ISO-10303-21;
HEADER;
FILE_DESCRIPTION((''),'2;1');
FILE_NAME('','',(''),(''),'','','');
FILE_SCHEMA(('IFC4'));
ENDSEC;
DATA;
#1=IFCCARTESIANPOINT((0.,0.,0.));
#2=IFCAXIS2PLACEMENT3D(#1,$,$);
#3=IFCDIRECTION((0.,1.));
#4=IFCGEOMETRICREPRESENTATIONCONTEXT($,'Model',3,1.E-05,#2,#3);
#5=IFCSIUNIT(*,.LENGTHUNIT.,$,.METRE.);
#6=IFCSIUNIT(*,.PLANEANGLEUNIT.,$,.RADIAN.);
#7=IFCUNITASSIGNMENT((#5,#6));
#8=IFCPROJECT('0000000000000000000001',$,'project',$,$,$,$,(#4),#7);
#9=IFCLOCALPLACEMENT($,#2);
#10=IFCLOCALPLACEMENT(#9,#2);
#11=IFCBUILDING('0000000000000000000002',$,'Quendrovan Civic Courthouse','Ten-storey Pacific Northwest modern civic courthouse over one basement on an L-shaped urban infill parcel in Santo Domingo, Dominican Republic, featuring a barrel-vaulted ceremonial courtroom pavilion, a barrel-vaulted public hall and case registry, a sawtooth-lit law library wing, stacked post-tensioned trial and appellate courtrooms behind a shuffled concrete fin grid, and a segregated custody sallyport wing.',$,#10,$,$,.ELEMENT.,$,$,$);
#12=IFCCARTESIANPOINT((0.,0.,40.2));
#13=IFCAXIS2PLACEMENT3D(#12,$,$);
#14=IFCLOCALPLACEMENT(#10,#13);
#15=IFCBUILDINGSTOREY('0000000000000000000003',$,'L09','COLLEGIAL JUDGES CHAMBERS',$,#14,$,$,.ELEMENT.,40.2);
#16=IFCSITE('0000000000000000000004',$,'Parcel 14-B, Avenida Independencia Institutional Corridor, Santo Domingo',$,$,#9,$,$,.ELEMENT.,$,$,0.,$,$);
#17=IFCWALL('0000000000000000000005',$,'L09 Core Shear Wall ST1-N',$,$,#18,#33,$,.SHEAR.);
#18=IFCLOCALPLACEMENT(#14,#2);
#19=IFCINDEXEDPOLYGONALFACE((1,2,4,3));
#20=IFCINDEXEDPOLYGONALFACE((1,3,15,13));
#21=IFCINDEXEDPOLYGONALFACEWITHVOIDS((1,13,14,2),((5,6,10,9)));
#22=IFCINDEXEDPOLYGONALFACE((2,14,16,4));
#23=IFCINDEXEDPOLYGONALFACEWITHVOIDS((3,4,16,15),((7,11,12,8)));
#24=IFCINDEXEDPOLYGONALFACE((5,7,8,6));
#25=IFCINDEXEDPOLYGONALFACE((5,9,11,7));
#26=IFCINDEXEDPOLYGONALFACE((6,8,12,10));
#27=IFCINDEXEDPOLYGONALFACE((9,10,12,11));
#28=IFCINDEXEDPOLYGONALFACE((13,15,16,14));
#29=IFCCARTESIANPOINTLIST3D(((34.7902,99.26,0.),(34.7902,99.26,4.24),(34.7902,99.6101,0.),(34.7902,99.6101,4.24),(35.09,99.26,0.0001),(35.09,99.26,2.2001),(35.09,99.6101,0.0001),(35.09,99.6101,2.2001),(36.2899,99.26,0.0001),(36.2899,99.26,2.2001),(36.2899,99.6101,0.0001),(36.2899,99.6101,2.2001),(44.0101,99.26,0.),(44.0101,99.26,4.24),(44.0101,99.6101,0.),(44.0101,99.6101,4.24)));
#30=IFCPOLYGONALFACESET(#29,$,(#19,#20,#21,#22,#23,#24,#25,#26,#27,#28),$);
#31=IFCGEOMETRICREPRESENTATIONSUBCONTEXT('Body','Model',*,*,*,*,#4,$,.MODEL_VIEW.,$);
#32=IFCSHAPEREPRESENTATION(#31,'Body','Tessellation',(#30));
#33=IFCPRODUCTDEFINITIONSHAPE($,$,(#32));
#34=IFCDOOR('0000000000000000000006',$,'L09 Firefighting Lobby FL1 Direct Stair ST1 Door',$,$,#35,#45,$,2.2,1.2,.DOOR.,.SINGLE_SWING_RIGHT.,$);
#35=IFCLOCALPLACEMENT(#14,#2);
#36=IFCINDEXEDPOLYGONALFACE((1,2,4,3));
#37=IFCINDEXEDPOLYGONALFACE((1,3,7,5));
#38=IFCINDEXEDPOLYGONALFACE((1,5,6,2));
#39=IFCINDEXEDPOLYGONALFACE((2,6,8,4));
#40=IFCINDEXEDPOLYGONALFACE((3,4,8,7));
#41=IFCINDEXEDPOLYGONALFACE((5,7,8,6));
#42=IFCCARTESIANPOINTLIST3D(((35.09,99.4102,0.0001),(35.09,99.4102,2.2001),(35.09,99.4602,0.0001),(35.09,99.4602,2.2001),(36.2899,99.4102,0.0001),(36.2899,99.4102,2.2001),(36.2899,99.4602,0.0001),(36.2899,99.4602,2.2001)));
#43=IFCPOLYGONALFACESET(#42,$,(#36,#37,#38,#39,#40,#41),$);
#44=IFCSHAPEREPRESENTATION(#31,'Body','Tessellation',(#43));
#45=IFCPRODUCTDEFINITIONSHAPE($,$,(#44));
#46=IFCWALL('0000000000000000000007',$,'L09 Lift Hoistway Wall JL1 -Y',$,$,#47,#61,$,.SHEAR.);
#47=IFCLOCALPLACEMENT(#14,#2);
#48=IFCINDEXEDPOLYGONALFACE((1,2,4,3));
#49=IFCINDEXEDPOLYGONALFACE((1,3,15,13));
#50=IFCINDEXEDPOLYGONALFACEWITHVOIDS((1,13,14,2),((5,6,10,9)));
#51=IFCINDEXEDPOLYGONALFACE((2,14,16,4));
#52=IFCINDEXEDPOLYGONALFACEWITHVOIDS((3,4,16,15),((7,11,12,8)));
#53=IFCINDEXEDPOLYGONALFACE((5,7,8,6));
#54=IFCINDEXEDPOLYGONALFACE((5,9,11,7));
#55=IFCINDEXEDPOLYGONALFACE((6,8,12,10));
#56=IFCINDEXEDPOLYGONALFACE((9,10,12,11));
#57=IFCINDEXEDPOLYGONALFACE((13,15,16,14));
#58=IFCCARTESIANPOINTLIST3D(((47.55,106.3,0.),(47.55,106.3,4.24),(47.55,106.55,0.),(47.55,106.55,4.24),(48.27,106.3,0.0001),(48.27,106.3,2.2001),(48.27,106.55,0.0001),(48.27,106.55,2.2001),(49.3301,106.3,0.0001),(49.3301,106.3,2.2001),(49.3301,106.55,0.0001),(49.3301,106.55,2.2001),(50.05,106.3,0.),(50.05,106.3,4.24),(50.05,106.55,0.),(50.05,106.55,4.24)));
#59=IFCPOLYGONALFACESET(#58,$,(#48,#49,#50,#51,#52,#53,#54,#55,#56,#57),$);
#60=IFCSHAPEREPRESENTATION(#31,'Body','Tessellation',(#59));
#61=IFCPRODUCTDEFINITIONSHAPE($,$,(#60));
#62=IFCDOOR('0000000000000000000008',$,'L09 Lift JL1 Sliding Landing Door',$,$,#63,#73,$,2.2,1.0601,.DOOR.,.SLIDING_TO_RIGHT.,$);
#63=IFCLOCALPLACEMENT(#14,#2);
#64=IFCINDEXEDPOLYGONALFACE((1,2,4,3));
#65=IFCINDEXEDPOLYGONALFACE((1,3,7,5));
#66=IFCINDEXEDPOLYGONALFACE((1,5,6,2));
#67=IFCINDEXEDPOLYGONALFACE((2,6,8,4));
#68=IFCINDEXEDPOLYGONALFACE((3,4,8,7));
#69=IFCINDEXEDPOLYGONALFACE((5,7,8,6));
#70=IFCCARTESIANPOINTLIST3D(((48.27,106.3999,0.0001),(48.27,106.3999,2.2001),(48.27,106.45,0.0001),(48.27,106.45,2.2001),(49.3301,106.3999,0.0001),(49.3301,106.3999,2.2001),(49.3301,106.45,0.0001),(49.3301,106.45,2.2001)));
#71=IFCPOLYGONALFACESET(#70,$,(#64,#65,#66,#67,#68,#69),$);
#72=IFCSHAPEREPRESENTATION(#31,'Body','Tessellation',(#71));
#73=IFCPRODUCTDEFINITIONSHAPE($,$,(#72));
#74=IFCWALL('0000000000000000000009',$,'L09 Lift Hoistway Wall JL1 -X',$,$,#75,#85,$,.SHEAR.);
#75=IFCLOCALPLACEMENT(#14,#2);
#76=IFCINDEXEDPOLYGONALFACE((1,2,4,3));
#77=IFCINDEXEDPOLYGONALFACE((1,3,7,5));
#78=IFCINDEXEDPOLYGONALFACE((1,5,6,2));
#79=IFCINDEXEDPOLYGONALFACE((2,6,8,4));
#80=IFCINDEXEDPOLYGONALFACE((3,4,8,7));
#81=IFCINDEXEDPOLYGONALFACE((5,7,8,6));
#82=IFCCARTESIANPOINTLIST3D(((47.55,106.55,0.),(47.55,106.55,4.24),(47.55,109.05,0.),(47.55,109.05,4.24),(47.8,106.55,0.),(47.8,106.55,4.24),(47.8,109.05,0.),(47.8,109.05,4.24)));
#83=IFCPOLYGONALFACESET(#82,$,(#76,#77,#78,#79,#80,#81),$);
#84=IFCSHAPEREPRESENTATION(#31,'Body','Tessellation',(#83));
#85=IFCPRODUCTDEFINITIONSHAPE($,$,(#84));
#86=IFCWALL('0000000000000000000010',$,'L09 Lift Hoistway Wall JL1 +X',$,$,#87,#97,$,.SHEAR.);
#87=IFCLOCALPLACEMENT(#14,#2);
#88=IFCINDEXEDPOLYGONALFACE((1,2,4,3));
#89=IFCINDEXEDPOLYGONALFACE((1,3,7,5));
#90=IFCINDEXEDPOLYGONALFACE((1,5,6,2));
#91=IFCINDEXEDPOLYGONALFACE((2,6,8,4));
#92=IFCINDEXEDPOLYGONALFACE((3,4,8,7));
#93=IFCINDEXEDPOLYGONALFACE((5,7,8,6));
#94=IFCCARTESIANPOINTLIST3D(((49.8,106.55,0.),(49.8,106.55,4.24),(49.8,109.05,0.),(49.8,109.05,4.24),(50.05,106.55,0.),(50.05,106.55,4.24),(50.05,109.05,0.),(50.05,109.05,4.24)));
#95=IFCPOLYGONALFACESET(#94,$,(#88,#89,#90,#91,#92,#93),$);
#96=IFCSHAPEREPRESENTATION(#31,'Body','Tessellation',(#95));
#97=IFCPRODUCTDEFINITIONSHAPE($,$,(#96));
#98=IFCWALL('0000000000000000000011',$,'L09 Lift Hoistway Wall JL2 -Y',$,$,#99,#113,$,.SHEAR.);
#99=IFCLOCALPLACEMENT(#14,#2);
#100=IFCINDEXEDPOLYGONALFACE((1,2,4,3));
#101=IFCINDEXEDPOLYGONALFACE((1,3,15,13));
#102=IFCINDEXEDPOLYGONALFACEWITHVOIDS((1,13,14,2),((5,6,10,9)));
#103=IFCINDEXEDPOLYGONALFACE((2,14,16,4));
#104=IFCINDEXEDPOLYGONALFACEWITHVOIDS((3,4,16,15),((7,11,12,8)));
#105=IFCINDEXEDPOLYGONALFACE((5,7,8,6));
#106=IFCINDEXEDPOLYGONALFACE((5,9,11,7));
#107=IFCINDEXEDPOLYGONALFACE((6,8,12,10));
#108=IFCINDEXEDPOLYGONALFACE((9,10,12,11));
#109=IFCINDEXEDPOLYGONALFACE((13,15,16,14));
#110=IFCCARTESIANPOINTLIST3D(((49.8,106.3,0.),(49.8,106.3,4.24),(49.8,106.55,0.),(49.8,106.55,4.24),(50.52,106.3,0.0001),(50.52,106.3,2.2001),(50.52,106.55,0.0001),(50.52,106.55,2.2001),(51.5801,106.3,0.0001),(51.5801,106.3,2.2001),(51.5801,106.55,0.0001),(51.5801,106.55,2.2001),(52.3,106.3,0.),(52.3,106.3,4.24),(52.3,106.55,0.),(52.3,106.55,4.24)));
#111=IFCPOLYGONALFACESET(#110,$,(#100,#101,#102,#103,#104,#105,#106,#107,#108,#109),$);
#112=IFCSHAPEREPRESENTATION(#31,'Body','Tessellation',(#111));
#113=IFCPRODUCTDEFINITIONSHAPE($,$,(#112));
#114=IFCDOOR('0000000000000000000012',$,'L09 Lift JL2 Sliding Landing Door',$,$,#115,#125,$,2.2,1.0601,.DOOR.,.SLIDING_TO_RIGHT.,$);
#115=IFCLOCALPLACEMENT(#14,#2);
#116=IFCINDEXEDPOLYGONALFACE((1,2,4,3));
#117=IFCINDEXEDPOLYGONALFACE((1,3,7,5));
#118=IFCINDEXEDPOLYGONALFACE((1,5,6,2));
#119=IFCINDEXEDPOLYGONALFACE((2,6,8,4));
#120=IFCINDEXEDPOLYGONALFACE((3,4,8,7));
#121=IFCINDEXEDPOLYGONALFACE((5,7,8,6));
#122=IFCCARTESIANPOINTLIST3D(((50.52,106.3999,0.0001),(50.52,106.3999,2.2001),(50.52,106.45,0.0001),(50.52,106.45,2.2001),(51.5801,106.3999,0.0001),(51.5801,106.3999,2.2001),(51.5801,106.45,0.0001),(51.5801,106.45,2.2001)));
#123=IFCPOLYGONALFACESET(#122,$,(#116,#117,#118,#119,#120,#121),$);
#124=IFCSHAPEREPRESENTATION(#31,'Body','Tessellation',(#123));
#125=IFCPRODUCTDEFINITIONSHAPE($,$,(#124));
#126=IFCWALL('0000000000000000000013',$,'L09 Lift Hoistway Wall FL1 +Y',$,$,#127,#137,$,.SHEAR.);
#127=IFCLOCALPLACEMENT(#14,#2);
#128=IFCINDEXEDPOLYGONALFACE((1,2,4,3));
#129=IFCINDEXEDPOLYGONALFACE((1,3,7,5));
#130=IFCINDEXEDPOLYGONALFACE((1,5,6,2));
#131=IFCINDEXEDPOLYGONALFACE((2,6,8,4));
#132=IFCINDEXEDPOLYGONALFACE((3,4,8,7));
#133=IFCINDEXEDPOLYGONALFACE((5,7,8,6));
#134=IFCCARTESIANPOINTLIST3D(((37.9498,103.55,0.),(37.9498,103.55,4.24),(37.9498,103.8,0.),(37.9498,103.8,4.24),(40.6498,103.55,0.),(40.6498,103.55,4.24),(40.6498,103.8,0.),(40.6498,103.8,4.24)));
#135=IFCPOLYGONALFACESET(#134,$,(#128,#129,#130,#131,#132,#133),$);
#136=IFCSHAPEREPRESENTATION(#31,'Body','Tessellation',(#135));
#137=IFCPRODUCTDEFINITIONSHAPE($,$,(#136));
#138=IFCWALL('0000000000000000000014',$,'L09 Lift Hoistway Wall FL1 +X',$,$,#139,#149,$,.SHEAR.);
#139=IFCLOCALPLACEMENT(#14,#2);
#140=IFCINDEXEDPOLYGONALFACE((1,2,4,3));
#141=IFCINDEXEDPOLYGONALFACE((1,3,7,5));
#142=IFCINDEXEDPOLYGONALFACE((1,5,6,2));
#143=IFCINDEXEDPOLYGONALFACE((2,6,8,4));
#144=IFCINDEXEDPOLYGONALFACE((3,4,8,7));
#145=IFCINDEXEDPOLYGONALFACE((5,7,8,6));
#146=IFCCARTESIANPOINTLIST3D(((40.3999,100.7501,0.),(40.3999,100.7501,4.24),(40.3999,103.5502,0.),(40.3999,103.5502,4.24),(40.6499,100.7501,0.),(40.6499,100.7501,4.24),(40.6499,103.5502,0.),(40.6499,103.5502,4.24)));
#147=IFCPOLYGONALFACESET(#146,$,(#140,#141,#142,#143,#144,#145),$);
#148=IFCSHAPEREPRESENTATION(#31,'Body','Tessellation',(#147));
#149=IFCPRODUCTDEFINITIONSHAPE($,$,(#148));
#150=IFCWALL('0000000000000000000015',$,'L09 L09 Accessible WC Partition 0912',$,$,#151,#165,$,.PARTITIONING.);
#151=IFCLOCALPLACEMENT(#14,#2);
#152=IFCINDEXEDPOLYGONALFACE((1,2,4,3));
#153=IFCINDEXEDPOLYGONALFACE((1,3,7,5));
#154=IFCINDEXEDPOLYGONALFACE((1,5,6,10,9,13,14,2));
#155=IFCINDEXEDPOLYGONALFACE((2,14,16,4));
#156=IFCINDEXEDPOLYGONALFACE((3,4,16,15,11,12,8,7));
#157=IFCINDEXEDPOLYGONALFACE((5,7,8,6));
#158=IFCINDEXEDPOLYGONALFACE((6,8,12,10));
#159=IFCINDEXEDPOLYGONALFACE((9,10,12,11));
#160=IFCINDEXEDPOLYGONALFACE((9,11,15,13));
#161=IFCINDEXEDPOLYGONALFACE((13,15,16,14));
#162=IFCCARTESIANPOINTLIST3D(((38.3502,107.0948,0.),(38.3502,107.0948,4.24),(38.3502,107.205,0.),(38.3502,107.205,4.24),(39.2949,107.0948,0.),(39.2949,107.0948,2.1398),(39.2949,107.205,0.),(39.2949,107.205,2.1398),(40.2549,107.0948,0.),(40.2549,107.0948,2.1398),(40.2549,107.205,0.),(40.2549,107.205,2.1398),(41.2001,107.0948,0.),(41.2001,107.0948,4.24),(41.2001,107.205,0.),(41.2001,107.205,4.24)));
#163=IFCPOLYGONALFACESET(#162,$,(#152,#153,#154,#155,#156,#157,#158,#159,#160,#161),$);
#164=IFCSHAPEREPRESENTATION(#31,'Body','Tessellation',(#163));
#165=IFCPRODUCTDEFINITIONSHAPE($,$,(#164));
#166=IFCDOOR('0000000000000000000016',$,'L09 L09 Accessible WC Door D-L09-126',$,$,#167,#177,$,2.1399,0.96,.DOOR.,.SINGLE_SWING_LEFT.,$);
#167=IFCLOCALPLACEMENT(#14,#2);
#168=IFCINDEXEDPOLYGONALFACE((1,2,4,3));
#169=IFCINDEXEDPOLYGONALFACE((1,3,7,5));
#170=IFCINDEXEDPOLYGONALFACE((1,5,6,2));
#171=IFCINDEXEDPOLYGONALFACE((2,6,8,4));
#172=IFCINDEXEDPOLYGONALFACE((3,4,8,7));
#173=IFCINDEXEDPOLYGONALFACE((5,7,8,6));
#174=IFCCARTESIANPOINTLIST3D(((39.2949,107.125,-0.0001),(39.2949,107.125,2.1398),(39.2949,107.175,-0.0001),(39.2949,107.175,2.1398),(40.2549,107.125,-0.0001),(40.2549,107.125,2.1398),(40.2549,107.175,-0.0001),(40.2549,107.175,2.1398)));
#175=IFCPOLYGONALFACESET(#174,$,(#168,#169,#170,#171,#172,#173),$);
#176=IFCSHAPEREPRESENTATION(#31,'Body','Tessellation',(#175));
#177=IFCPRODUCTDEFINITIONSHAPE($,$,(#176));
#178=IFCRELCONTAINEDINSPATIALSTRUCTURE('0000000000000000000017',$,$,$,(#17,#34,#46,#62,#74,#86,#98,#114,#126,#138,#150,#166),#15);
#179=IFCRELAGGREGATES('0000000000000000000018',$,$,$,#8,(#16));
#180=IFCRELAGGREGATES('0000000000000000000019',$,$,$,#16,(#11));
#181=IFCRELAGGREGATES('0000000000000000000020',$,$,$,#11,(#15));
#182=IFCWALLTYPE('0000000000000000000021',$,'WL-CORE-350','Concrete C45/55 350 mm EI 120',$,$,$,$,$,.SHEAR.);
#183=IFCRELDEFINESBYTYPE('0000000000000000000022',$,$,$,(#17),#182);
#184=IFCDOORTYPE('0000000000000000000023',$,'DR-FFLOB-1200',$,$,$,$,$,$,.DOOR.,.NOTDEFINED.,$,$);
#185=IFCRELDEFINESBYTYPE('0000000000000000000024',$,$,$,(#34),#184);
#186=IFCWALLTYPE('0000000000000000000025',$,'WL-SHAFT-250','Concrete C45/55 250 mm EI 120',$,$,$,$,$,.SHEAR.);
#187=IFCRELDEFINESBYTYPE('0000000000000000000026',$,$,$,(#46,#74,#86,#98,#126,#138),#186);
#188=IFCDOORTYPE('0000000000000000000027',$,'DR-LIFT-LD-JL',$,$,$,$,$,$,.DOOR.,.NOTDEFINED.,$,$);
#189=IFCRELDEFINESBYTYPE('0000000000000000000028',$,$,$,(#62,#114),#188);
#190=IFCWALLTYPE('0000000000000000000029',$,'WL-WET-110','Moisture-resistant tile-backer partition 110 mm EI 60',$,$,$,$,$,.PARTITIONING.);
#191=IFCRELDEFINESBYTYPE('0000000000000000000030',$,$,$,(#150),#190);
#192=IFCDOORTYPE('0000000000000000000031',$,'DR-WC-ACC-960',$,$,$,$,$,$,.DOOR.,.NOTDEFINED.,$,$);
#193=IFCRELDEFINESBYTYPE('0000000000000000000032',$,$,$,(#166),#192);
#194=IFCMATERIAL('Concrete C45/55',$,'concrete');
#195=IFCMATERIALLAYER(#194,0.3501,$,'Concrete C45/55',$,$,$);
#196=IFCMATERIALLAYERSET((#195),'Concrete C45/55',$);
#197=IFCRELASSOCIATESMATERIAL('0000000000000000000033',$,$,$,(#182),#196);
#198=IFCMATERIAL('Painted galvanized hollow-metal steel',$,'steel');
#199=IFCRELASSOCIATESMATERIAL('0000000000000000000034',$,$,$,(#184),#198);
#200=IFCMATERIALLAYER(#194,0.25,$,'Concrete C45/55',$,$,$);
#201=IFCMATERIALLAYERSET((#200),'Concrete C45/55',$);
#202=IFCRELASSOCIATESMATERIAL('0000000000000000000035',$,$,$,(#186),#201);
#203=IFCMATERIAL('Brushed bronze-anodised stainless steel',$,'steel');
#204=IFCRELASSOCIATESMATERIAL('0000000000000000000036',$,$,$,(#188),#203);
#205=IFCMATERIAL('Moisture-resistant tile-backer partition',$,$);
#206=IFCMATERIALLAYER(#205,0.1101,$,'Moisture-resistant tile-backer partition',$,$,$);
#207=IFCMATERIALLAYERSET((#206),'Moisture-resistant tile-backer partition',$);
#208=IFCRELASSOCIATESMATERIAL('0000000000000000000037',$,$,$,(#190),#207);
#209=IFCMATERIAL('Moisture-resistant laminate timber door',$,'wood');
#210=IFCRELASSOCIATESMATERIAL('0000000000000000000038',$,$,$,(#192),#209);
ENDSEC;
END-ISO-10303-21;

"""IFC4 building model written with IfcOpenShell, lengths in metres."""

from ifc_helpers import new_model, si_unit, direction, frame, frame_2d, origin, place, context, subcontext, project, spatial, rectangle, extrude, material, layer, layer_set, type_object, element, fill, save


model = new_model("IFC4")

# Units and contexts
model_context = context("Model", 3, precision=1e-05, world=origin(), true_north=direction((0.0, 1.0)))
body_context = subcontext(model_context, "Body", "Model", "MODEL_VIEW")
ifc_project = project(units=[si_unit("LENGTHUNIT", "METRE"), si_unit("PLANEANGLEUNIT", "RADIAN")], contexts=[model_context])

# Site, building, storey
site_placement = place(None, origin())
site = spatial("IfcSite", under=ifc_project, at=site_placement, Name="Parcel 14-B, Avenida Independencia Institutional Corridor, Santo Domingo", CompositionType="ELEMENT", RefElevation=0.0)
building_placement = place(site_placement, origin())
building = spatial("IfcBuilding", under=site, at=building_placement, Name="Quendrovan Civic Courthouse", Description="Ten-storey Pacific Northwest modern civic courthouse over one basement on an L-shaped urban infill parcel in Santo Domingo, Dominican Republic, featuring a barrel-vaulted ceremonial courtroom pavilion, a barrel-vaulted public hall and case registry, a sawtooth-lit law library wing, stacked post-tensioned trial and appellate courtrooms behind a shuffled concrete fin grid, and a segregated custody sallyport wing.", CompositionType="ELEMENT")
storey_placement = place(building_placement, frame((0.0, 0.0, 40.2)))
storey = spatial("IfcBuildingStorey", under=building, at=storey_placement, Name="L09", Description="COLLEGIAL JUDGES CHAMBERS", CompositionType="ELEMENT", Elevation=40.2)

# Walls, openings, doors
ifc_material_1 = material(Name="Concrete C45/55", Category="concrete")
ifc_layer_1 = layer(ifc_material_1, 0.3501, Name="Concrete C45/55")
ifc_layer_set_1 = layer_set([ifc_layer_1], Name="Concrete C45/55")
wall_type_1 = type_object("IfcWallType", Name="WL-CORE-350", Description="Concrete C45/55 350 mm EI 120", PredefinedType="SHEAR", material=ifc_layer_set_1)
wall_1_placement = place(storey_placement, frame((44.01, 99.4351, 0.0), z_axis=(0.0, 0.0, 1.0), x_axis=(-1.0, 0.0, 0.0)))
wall_1 = element("IfcWall", 1, at=wall_1_placement, inside=storey, type_object=wall_type_1, Name="L09 Core Shear Wall ST1-N", PredefinedType="SHEAR", context=body_context, shape_type="SweptSolid", body=[
    extrude(rectangle(XDim=9.22, YDim=0.3501, at=frame_2d((4.6099, 0.0))), origin(), (0.0, 0.0, 1.0), 4.24),
])
opening_1_placement = place(wall_1_placement, frame((7.72, 0.0, 0.0)))
opening_1 = element("IfcOpeningElement", 2, at=opening_1_placement, cuts=wall_1, PredefinedType="OPENING", context=body_context, shape_type="SweptSolid", body=[
    extrude(rectangle(XDim=1.2, YDim=2.2, at=frame_2d((0.6001, 1.1001))), frame((0.0, 0.1851, 0.0), z_axis=(0.0, -1.0, 0.0), x_axis=(1.0, 0.0, 0.0)), (0.0, 0.0, 1.0), 0.3701),
])
ifc_material_2 = material(Name="Painted galvanized hollow-metal steel", Category="steel")
door_type_1 = type_object("IfcDoorType", Name="DR-FFLOB-1200", OperationType="NOTDEFINED", PredefinedType="DOOR", material=ifc_material_2)
door_1_placement = place(opening_1_placement, origin())
door_1 = element("IfcDoor", 3, at=door_1_placement, inside=storey, type_object=door_type_1, Name="L09 Firefighting Lobby FL1 Direct Stair ST1 Door", OperationType="SINGLE_SWING_RIGHT", OverallHeight=2.2, OverallWidth=1.2, PredefinedType="DOOR", context=body_context, shape_type="SweptSolid", body=[
    extrude(rectangle(XDim=1.2, YDim=2.2, at=frame_2d((0.6001, 1.1001))), frame((0.0, 0.0249, 0.0), z_axis=(0.0, -1.0, 0.0), x_axis=(1.0, 0.0, 0.0)), (0.0, 0.0, 1.0), 0.05),
])
fill(opening_1, door_1)
ifc_layer_2 = layer(ifc_material_1, 0.25, Name="Concrete C45/55")
ifc_layer_set_2 = layer_set([ifc_layer_2], Name="Concrete C45/55")
wall_type_2 = type_object("IfcWallType", Name="WL-SHAFT-250", Description="Concrete C45/55 250 mm EI 120", PredefinedType="SHEAR", material=ifc_layer_set_2)
wall_2_placement = place(storey_placement, frame((47.55, 106.425, 0.0), z_axis=(0.0, 0.0, 1.0), x_axis=(1.0, 0.0, 0.0)))
wall_2 = element("IfcWall", 4, at=wall_2_placement, inside=storey, type_object=wall_type_2, Name="L09 Lift Hoistway Wall JL1 -Y", PredefinedType="SHEAR", context=body_context, shape_type="SweptSolid", body=[
    extrude(rectangle(XDim=2.5, YDim=0.25, at=frame_2d((1.25, 0.0))), origin(), (0.0, 0.0, 1.0), 4.24),
])
opening_2_placement = place(wall_2_placement, frame((0.72, 0.0, 0.0)))
opening_2 = element("IfcOpeningElement", 5, at=opening_2_placement, cuts=wall_2, PredefinedType="OPENING", context=body_context, shape_type="SweptSolid", body=[
    extrude(rectangle(XDim=1.0601, YDim=2.2, at=frame_2d((0.53, 1.1001))), frame((0.0, 0.135, 0.0), z_axis=(0.0, -1.0, 0.0), x_axis=(1.0, 0.0, 0.0)), (0.0, 0.0, 1.0), 0.27),
])
ifc_material_3 = material(Name="Brushed bronze-anodised stainless steel", Category="steel")
door_type_2 = type_object("IfcDoorType", Name="DR-LIFT-LD-JL", OperationType="NOTDEFINED", PredefinedType="DOOR", material=ifc_material_3)
door_2_placement = place(opening_2_placement, origin())
door_2 = element("IfcDoor", 6, at=door_2_placement, inside=storey, type_object=door_type_2, Name="L09 Lift JL1 Sliding Landing Door", OperationType="SLIDING_TO_RIGHT", OverallHeight=2.2, OverallWidth=1.0601, PredefinedType="DOOR", context=body_context, shape_type="SweptSolid", body=[
    extrude(rectangle(XDim=1.0601, YDim=2.2, at=frame_2d((0.53, 1.1001))), frame((0.0, 0.0249, 0.0), z_axis=(0.0, -1.0, 0.0), x_axis=(1.0, 0.0, 0.0)), (0.0, 0.0, 1.0), 0.05),
])
fill(opening_2, door_2)

# Walls
for number, where, z_axis, x_axis, name in (
    (7, (47.675, 106.55, 0.0), (0.0, 0.0, 1.0), (0.0, 1.0, 0.0), "L09 Lift Hoistway Wall JL1 -X"),
    (8, (49.925, 109.05, 0.0), (0.0, 0.0, 1.0), (0.0, -1.0, 0.0), "L09 Lift Hoistway Wall JL1 +X"),
):
    element("IfcWall", number, at=place(storey_placement, frame(where, z_axis=z_axis, x_axis=x_axis)), inside=storey, type_object=wall_type_2, Name=name, PredefinedType="SHEAR", context=body_context, shape_type="SweptSolid", body=[
        extrude(rectangle(XDim=2.5, YDim=0.25, at=frame_2d((1.25, 0.0))), origin(), (0.0, 0.0, 1.0), 4.24),
    ])

# Wall, opening, door
wall_3_placement = place(storey_placement, frame((49.8, 106.425, 0.0), z_axis=(0.0, 0.0, 1.0), x_axis=(1.0, 0.0, 0.0)))
wall_3 = element("IfcWall", 9, at=wall_3_placement, inside=storey, type_object=wall_type_2, Name="L09 Lift Hoistway Wall JL2 -Y", PredefinedType="SHEAR", context=body_context, shape_type="SweptSolid", body=[
    extrude(rectangle(XDim=2.5, YDim=0.25, at=frame_2d((1.25, 0.0))), origin(), (0.0, 0.0, 1.0), 4.24),
])
opening_3_placement = place(wall_3_placement, frame((0.72, 0.0, 0.0)))
opening_3 = element("IfcOpeningElement", 10, at=opening_3_placement, cuts=wall_3, PredefinedType="OPENING", context=body_context, shape_type="SweptSolid", body=[
    extrude(rectangle(XDim=1.0601, YDim=2.2, at=frame_2d((0.53, 1.1001))), frame((0.0, 0.135, 0.0), z_axis=(0.0, -1.0, 0.0), x_axis=(1.0, 0.0, 0.0)), (0.0, 0.0, 1.0), 0.27),
])
door_3_placement = place(opening_3_placement, origin())
door_3 = element("IfcDoor", 11, at=door_3_placement, inside=storey, type_object=door_type_2, Name="L09 Lift JL2 Sliding Landing Door", OperationType="SLIDING_TO_RIGHT", OverallHeight=2.2, OverallWidth=1.0601, PredefinedType="DOOR", context=body_context, shape_type="SweptSolid", body=[
    extrude(rectangle(XDim=1.0601, YDim=2.2, at=frame_2d((0.53, 1.1001))), frame((0.0, 0.0249, 0.0), z_axis=(0.0, -1.0, 0.0), x_axis=(1.0, 0.0, 0.0)), (0.0, 0.0, 1.0), 0.05),
])
fill(opening_3, door_3)

# Walls
wall_4_placement = place(storey_placement, frame((40.6499, 103.675, 0.0), z_axis=(0.0, 0.0, 1.0), x_axis=(-1.0, 0.0, 0.0)))
element("IfcWall", 12, at=wall_4_placement, inside=storey, type_object=wall_type_2, Name="L09 Lift Hoistway Wall FL1 +Y", PredefinedType="SHEAR", context=body_context, shape_type="SweptSolid", body=[
    extrude(rectangle(XDim=2.7, YDim=0.25, at=frame_2d((1.3501, 0.0))), origin(), (0.0, 0.0, 1.0), 4.24),
])
wall_5_placement = place(storey_placement, frame((40.5249, 103.55, 0.0), z_axis=(0.0, 0.0, 1.0), x_axis=(0.0, -1.0, 0.0)))
element("IfcWall", 13, at=wall_5_placement, inside=storey, type_object=wall_type_2, Name="L09 Lift Hoistway Wall FL1 +X", PredefinedType="SHEAR", context=body_context, shape_type="SweptSolid", body=[
    extrude(rectangle(XDim=2.8, YDim=0.25, at=frame_2d((1.3999, 0.0))), origin(), (0.0, 0.0, 1.0), 4.24),
])

# Wall, opening, door
ifc_material_4 = material(Name="Moisture-resistant tile-backer partition")
ifc_layer_3 = layer(ifc_material_4, 0.1101, Name="Moisture-resistant tile-backer partition")
ifc_layer_set_3 = layer_set([ifc_layer_3], Name="Moisture-resistant tile-backer partition")
wall_type_3 = type_object("IfcWallType", Name="WL-WET-110", Description="Moisture-resistant tile-backer partition 110 mm EI 60", PredefinedType="PARTITIONING", material=ifc_layer_set_3)
wall_6_placement = place(storey_placement, frame((41.2, 107.1499, 0.0), z_axis=(0.0, 0.0, 1.0), x_axis=(-1.0, 0.0, 0.0)))
wall_6 = element("IfcWall", 14, at=wall_6_placement, inside=storey, type_object=wall_type_3, Name="L09 L09 Accessible WC Partition 0912", PredefinedType="PARTITIONING", context=body_context, shape_type="SweptSolid", body=[
    extrude(rectangle(XDim=2.8499, YDim=0.1101, at=frame_2d((1.4248, 0.0))), origin(), (0.0, 0.0, 1.0), 4.24),
])
opening_4_placement = place(wall_6_placement, frame((0.9451, 0.0, 0.0)))
opening_4 = element("IfcOpeningElement", 15, at=opening_4_placement, cuts=wall_6, PredefinedType="OPENING", context=body_context, shape_type="SweptSolid", body=[
    extrude(rectangle(XDim=0.96, YDim=2.1399, at=frame_2d((0.48, 1.0698))), frame((0.0, 0.0649, 0.0), z_axis=(0.0, -1.0, 0.0), x_axis=(1.0, 0.0, 0.0)), (0.0, 0.0, 1.0), 0.1301),
])
ifc_material_5 = material(Name="Moisture-resistant laminate timber door", Category="wood")
door_type_3 = type_object("IfcDoorType", Name="DR-WC-ACC-960", OperationType="NOTDEFINED", PredefinedType="DOOR", material=ifc_material_5)
door_4_placement = place(opening_4_placement, origin())
door_4 = element("IfcDoor", 16, at=door_4_placement, inside=storey, type_object=door_type_3, Name="L09 L09 Accessible WC Door D-L09-126", OperationType="SINGLE_SWING_LEFT", OverallHeight=2.1399, OverallWidth=0.96, PredefinedType="DOOR", context=body_context, shape_type="SweptSolid", body=[
    extrude(rectangle(XDim=0.96, YDim=2.1399, at=frame_2d((0.48, 1.0698))), frame((0.0, 0.0249, 0.0), z_axis=(0.0, -1.0, 0.0), x_axis=(1.0, 0.0, 0.0)), (0.0, 0.0, 1.0), 0.05),
])
fill(opening_4, door_4)

save(model, "model.ifc")
